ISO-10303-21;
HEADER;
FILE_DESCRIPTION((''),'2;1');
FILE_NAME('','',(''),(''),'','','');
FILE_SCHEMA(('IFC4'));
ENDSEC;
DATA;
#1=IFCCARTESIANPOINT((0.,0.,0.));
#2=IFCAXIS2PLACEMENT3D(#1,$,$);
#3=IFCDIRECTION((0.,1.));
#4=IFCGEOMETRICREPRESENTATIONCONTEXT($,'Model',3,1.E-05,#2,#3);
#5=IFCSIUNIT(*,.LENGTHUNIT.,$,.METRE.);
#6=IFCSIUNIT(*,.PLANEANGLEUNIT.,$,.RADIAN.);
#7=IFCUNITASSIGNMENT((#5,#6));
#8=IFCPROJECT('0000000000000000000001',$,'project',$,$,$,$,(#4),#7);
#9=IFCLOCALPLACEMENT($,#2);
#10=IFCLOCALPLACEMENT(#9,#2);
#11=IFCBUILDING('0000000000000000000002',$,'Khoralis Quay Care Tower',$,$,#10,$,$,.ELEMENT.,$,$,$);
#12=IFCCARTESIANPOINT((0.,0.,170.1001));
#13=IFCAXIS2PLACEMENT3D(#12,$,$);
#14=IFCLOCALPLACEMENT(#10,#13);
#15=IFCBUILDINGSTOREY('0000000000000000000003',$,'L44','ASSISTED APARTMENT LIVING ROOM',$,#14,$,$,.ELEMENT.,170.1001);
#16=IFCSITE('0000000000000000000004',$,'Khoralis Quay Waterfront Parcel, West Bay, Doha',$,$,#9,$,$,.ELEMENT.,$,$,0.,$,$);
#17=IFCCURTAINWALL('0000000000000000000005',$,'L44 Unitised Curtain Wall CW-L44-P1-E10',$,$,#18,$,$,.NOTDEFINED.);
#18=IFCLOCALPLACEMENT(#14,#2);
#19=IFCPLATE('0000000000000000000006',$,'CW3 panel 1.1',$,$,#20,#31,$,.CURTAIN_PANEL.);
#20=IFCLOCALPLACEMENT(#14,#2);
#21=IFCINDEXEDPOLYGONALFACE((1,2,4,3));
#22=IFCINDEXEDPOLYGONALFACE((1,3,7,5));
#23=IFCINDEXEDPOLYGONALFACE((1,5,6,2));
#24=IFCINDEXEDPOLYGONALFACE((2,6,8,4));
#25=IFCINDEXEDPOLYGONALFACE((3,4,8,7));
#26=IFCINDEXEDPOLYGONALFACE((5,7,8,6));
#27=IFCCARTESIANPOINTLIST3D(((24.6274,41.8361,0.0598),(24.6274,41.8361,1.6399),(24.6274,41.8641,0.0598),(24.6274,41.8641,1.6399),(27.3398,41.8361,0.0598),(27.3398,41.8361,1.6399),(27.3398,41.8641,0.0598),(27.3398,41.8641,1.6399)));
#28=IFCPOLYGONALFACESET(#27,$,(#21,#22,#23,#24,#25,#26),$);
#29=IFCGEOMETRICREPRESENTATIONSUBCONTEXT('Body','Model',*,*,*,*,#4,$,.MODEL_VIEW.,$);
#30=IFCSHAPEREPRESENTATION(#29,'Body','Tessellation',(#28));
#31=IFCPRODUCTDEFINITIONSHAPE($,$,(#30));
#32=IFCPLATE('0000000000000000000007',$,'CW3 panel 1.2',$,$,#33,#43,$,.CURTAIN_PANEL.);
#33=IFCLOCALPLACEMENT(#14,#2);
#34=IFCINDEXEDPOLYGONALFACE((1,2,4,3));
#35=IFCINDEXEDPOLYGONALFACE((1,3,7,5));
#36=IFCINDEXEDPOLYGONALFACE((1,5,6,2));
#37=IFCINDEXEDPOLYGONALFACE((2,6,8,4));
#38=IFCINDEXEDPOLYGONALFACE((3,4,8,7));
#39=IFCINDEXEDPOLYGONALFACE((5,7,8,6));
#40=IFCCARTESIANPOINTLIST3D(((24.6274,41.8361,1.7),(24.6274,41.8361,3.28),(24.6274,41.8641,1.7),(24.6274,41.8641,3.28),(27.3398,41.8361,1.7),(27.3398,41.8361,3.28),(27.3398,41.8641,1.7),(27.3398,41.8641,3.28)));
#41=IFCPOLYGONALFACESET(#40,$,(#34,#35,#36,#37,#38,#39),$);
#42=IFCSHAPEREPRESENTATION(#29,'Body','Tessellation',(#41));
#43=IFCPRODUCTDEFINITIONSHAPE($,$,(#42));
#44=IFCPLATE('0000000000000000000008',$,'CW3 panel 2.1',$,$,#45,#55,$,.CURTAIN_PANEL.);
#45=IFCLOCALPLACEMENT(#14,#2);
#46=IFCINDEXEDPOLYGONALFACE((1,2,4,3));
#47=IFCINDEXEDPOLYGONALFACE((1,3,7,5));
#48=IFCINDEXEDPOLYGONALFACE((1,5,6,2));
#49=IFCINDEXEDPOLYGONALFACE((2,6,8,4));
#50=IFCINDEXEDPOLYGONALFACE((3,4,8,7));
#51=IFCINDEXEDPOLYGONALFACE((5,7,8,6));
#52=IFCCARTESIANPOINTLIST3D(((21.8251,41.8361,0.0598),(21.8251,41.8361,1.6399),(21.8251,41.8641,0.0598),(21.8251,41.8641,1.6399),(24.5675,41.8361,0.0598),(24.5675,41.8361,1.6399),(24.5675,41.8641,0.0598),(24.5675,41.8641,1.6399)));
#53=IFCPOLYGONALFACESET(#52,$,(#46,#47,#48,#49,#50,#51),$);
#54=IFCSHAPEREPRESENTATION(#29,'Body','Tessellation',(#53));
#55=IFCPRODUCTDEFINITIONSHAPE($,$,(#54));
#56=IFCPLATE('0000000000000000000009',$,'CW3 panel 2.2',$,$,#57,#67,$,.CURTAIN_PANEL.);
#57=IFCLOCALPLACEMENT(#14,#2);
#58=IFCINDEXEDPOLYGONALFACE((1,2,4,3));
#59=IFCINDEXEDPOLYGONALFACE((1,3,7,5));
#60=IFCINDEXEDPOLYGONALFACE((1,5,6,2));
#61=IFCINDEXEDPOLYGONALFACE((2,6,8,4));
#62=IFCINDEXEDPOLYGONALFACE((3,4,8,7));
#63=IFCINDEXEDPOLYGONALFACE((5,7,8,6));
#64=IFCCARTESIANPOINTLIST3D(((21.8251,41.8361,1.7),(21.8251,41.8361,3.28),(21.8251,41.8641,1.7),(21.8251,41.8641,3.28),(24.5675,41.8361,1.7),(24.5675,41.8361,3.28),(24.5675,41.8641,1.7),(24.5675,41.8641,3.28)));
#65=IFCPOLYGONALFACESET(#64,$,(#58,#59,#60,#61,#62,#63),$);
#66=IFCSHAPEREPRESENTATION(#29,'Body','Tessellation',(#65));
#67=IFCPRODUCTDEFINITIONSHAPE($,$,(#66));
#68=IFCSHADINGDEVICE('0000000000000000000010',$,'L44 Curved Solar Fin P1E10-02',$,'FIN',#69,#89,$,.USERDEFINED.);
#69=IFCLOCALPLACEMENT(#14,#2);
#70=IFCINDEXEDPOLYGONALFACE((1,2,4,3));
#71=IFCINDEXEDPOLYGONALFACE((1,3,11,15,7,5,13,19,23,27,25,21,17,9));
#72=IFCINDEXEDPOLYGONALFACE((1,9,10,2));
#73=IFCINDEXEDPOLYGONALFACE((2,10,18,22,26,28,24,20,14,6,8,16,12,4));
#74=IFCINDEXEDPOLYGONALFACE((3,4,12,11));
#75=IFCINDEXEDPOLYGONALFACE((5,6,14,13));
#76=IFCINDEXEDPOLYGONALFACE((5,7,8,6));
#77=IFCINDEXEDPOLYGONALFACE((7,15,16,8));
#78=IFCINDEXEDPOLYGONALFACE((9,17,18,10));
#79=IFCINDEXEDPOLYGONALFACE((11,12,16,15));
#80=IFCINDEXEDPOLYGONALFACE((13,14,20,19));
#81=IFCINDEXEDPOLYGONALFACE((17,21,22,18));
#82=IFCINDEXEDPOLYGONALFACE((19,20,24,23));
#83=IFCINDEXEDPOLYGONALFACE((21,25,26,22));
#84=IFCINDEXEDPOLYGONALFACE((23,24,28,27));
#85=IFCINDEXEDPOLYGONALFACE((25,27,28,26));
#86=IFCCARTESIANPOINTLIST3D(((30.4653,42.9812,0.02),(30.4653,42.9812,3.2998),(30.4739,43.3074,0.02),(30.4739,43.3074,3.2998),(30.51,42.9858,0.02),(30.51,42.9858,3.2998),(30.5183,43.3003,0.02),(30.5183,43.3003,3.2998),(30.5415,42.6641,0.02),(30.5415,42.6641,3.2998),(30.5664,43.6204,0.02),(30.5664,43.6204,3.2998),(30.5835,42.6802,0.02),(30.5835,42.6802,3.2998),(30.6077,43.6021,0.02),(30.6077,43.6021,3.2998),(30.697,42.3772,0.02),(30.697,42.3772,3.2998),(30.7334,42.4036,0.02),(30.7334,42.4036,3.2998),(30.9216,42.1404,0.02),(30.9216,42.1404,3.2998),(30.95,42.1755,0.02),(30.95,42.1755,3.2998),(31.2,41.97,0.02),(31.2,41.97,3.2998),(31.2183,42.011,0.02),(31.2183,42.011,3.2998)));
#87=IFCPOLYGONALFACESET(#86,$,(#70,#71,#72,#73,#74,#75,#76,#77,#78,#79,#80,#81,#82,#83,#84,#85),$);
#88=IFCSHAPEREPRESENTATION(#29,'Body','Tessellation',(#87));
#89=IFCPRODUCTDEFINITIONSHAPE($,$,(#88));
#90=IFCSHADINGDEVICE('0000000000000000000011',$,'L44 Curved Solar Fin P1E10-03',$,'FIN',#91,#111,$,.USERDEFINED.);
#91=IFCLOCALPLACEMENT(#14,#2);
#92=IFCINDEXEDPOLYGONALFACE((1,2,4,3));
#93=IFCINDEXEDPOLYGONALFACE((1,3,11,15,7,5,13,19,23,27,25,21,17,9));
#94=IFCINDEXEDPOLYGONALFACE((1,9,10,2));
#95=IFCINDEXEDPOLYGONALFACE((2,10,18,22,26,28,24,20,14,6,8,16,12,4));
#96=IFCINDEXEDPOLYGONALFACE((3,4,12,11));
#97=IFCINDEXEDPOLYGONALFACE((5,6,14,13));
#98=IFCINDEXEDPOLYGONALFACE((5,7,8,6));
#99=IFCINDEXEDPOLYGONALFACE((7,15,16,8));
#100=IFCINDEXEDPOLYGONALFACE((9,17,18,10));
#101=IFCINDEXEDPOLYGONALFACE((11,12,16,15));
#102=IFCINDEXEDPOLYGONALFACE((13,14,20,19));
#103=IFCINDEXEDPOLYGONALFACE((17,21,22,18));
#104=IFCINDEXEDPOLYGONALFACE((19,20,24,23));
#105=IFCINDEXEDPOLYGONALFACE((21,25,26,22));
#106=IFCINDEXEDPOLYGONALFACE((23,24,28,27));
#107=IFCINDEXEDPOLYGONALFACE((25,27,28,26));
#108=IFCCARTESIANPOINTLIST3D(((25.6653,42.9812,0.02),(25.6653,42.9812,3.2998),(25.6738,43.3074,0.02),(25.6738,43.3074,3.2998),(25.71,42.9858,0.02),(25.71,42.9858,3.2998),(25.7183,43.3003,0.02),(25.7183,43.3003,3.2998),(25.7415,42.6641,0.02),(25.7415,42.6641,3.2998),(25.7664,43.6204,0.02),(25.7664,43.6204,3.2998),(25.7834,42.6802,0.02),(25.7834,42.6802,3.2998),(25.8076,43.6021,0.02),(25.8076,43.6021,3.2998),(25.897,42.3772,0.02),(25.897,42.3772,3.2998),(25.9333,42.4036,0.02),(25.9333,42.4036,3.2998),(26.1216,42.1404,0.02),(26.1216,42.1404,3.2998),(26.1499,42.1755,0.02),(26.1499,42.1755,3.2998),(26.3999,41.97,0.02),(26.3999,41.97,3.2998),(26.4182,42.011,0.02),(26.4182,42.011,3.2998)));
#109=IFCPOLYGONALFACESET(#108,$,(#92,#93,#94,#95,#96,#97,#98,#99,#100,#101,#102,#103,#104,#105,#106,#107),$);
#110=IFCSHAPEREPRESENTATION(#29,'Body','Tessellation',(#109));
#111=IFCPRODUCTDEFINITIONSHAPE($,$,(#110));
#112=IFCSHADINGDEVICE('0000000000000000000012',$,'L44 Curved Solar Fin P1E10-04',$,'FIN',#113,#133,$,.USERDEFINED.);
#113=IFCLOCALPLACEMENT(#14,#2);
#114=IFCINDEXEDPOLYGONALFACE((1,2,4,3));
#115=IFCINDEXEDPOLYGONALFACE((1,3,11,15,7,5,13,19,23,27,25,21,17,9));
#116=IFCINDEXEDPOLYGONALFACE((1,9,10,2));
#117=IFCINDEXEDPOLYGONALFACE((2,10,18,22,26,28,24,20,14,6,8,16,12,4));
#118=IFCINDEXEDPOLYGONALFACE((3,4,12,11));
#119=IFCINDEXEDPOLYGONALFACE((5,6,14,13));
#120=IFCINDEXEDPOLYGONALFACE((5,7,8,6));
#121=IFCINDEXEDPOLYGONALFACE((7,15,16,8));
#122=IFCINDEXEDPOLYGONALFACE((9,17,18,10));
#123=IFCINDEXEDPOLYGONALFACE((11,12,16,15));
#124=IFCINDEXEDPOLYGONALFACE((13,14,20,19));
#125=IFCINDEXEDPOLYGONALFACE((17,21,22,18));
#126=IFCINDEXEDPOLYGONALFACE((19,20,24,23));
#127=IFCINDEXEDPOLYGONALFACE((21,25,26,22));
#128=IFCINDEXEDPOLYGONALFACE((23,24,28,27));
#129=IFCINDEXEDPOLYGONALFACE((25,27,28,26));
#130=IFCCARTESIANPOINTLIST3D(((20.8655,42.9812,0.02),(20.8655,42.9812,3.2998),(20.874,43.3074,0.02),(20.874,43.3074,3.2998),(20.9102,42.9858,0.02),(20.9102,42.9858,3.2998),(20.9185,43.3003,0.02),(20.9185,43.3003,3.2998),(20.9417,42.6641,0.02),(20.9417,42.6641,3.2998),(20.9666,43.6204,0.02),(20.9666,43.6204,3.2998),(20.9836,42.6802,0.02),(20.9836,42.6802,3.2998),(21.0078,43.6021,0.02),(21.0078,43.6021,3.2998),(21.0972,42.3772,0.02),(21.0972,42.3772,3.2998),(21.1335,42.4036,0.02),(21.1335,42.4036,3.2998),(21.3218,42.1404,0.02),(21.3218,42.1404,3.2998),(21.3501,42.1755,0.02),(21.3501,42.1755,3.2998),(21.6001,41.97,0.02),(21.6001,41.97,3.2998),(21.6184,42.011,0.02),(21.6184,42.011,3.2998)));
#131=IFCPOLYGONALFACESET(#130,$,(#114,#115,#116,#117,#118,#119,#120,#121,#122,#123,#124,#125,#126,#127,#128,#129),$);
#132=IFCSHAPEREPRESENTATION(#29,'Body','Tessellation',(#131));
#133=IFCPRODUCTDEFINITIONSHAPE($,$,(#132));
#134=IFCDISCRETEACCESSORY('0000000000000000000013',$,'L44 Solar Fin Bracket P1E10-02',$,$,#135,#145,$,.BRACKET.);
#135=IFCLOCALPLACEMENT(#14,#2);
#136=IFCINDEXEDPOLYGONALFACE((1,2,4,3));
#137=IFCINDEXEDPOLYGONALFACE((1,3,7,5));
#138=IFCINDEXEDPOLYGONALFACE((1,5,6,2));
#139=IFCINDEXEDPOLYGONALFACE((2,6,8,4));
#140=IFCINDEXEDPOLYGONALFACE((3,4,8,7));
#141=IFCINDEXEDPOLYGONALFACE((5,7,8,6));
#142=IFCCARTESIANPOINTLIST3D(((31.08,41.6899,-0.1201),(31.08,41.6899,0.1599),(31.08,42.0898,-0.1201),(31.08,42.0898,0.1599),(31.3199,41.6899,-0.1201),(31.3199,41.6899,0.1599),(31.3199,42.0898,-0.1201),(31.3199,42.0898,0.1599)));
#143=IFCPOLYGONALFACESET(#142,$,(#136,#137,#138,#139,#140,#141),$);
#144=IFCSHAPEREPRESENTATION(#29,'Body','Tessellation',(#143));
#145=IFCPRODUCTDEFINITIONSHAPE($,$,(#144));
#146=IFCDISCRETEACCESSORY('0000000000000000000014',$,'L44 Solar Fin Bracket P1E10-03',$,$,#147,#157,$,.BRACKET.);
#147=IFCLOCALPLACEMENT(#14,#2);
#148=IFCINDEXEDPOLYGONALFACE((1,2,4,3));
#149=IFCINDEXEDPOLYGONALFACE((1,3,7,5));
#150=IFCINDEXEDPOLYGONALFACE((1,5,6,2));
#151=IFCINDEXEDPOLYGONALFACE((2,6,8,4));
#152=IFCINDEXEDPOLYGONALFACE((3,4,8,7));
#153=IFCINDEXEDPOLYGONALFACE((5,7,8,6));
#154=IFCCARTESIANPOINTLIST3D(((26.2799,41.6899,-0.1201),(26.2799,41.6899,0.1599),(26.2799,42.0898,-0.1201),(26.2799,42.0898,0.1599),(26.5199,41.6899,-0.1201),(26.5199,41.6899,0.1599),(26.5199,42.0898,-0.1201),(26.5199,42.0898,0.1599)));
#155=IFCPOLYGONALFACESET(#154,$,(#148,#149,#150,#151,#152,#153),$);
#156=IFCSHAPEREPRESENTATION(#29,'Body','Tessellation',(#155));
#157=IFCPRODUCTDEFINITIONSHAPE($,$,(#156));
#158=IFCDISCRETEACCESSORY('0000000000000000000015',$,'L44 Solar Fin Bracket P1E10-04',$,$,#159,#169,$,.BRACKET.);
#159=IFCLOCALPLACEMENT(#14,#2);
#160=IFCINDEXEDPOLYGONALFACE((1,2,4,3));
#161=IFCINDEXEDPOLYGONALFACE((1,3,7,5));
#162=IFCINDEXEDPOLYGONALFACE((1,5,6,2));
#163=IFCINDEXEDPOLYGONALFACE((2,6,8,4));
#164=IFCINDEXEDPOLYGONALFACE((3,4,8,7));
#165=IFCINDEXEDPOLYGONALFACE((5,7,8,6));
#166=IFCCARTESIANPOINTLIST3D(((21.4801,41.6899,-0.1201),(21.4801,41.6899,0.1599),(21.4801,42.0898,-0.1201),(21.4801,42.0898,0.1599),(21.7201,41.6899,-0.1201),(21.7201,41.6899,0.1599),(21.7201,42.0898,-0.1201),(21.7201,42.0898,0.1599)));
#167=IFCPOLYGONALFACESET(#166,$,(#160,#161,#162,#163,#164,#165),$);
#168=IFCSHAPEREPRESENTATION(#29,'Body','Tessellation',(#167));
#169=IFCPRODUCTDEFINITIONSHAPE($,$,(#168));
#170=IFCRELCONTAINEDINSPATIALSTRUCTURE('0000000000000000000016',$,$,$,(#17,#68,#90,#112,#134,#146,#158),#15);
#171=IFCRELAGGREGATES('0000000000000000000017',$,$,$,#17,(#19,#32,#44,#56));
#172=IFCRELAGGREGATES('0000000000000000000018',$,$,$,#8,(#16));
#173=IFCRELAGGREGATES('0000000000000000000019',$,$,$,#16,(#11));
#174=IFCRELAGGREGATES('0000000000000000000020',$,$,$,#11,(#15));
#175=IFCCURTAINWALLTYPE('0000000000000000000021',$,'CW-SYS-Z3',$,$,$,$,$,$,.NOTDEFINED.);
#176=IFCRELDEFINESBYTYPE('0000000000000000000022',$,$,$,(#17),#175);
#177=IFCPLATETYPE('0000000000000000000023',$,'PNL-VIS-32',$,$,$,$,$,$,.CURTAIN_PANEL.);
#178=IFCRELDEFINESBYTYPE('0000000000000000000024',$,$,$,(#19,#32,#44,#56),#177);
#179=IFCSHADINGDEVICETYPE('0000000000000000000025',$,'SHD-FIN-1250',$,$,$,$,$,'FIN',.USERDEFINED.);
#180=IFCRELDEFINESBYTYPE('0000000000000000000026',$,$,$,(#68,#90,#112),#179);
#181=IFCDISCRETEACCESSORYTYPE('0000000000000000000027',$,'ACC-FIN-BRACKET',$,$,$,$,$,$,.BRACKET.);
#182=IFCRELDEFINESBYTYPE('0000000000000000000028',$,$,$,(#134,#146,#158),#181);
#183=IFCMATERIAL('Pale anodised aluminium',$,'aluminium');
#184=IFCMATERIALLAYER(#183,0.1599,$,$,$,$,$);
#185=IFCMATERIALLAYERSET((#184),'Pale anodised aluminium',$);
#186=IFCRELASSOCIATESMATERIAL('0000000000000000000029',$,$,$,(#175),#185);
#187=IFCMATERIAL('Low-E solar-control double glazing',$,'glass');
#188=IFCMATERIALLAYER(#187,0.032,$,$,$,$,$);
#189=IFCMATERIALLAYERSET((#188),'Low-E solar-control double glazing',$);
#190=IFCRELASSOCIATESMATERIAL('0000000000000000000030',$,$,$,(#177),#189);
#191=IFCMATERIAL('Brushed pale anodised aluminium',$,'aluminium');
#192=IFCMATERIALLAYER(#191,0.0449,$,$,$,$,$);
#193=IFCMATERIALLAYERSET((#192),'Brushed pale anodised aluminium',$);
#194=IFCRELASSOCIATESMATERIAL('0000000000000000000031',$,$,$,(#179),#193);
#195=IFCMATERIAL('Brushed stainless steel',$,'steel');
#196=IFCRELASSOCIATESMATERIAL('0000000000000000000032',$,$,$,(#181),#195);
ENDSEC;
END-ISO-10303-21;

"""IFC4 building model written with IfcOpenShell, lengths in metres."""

from ifc_helpers import new_model, si_unit, direction, frame, origin, origin_2d, place, context, subcontext, project, spatial, polyline, rectangle, outline, extrude, source, transform, mapped, material, layer, layer_set, type_object, element, aggregate, save


model = new_model("IFC4")

# Units and contexts
model_context = context("Model", 3, precision=1e-05, world=origin(), true_north=direction((0.0, 1.0)))
body_context = subcontext(model_context, "Body", "Model", "MODEL_VIEW")
ifc_project = project(units=[si_unit("LENGTHUNIT", "METRE"), si_unit("PLANEANGLEUNIT", "RADIAN")], contexts=[model_context])

# Site, building, storey
site_placement = place(None, origin())
site = spatial("IfcSite", under=ifc_project, at=site_placement, Name="Khoralis Quay Waterfront Parcel, West Bay, Doha", CompositionType="ELEMENT", RefElevation=0.0)
building_placement = place(site_placement, origin())
building = spatial("IfcBuilding", under=site, at=building_placement, Name="Khoralis Quay Care Tower", CompositionType="ELEMENT")
storey_placement = place(building_placement, frame((0.0, 0.0, 170.1001)))
storey = spatial("IfcBuildingStorey", under=building, at=storey_placement, Name="L44", Description="ASSISTED APARTMENT LIVING ROOM", CompositionType="ELEMENT", Elevation=170.1001)

# Curtain wall, plates
ifc_material_1 = material(Name="Pale anodised aluminium", Category="aluminium")
ifc_layer_1 = layer(ifc_material_1, 0.1599)
ifc_layer_set_1 = layer_set([ifc_layer_1], Name="Pale anodised aluminium")
curtain_wall_type = type_object("IfcCurtainWallType", Name="CW-SYS-Z3", PredefinedType="NOTDEFINED", material=ifc_layer_set_1)
curtain_wall_placement = place(storey_placement, origin())
curtain_wall = element("IfcCurtainWall", 1, at=curtain_wall_placement, inside=storey, type_object=curtain_wall_type, Name="L44 Unitised Curtain Wall CW-L44-P1-E10", PredefinedType="NOTDEFINED")
ifc_material_2 = material(Name="Low-E solar-control double glazing", Category="glass")
ifc_layer_2 = layer(ifc_material_2, 0.032)
ifc_layer_set_2 = layer_set([ifc_layer_2], Name="Low-E solar-control double glazing")
plate_type = type_object("IfcPlateType", Name="PNL-VIS-32", PredefinedType="CURTAIN_PANEL", material=ifc_layer_set_2)
shared_shape_1 = source(origin(), body_context, "Body", "SweptSolid", [
    extrude(rectangle(XDim=2.7124, YDim=0.0281, at=origin_2d()), origin(), (0.0, 0.0, 1.0), 1.5801),
])
plate_1_placement = place(storey_placement, frame((25.9836, 41.8501, 0.0598), z_axis=(0.0, 0.0, 1.0), x_axis=(-1.0, 0.0, 0.0)))
plate_1 = element("IfcPlate", 2, at=plate_1_placement, type_object=plate_type, Name="CW3 panel 1.1", PredefinedType="CURTAIN_PANEL", context=body_context, shape_type="MappedRepresentation", body=[
    mapped(shared_shape_1, transform((0.0, 0.0, 0.0), scale=1.0)),
])
plate_2_placement = place(storey_placement, frame((25.9836, 41.8501, 1.7), z_axis=(0.0, 0.0, 1.0), x_axis=(-1.0, 0.0, 0.0)))
plate_2 = element("IfcPlate", 3, at=plate_2_placement, type_object=plate_type, Name="CW3 panel 1.2", PredefinedType="CURTAIN_PANEL", context=body_context, shape_type="MappedRepresentation", body=[
    mapped(shared_shape_1, transform((0.0, 0.0, 0.0), scale=1.0)),
])
shared_shape_2 = source(origin(), body_context, "Body", "SweptSolid", [
    extrude(rectangle(XDim=2.7424, YDim=0.0281, at=origin_2d()), origin(), (0.0, 0.0, 1.0), 1.5801),
])
plate_3_placement = place(storey_placement, frame((23.1963, 41.8501, 0.0598), z_axis=(0.0, 0.0, 1.0), x_axis=(-1.0, 0.0, 0.0)))
plate_3 = element("IfcPlate", 4, at=plate_3_placement, type_object=plate_type, Name="CW3 panel 2.1", PredefinedType="CURTAIN_PANEL", context=body_context, shape_type="MappedRepresentation", body=[
    mapped(shared_shape_2, transform((0.0, 0.0, 0.0), scale=1.0)),
])
plate_4_placement = place(storey_placement, frame((23.1963, 41.8501, 1.7), z_axis=(0.0, 0.0, 1.0), x_axis=(-1.0, 0.0, 0.0)))
plate_4 = element("IfcPlate", 5, at=plate_4_placement, type_object=plate_type, Name="CW3 panel 2.2", PredefinedType="CURTAIN_PANEL", context=body_context, shape_type="MappedRepresentation", body=[
    mapped(shared_shape_2, transform((0.0, 0.0, 0.0), scale=1.0)),
])
aggregate(curtain_wall, [plate_1, plate_2, plate_3, plate_4])

# Shading devices
ifc_material_3 = material(Name="Brushed pale anodised aluminium", Category="aluminium")
ifc_layer_3 = layer(ifc_material_3, 0.0449)
ifc_layer_set_3 = layer_set([ifc_layer_3], Name="Brushed pale anodised aluminium")
shading_device_type = type_object("IfcShadingDeviceType", Name="SHD-FIN-1250", ElementType="FIN", PredefinedType="USERDEFINED", material=ifc_layer_set_3)
shared_shape_3 = source(origin(), body_context, "Body", "SweptSolid", [
    extrude(outline(polyline([(0.0, 0.0), (0.1704, 0.2783), (0.4072, 0.5029), (0.6941, 0.6584), (1.0112, 0.7346), (1.3374, 0.7261), (1.6504, 0.6335), (1.6321, 0.5923), (1.3303, 0.6816), (1.0159, 0.6899), (0.7102, 0.6165), (0.4336, 0.4666), (0.2056, 0.25), (0.041, -0.0183), (0.0, 0.0)])), origin(), (0.0, 0.0, 1.0), 3.2798),
])
for number, where, z_axis, x_axis, name in (
    (6, (31.2, 41.97, 0.02), (0.0, 0.0, 1.0), (0.0, 1.0, 0.0), "L44 Curved Solar Fin P1E10-02"),
    (7, (26.3999, 41.97, 0.02), (0.0, 0.0, 1.0), (0.0, 1.0, 0.0), "L44 Curved Solar Fin P1E10-03"),
    (8, (21.6001, 41.97, 0.02), (0.0, 0.0, 1.0), (0.0, 1.0, 0.0), "L44 Curved Solar Fin P1E10-04"),
):
    element("IfcShadingDevice", number, at=place(storey_placement, frame(where, z_axis=z_axis, x_axis=x_axis)), inside=storey, type_object=shading_device_type, Name=name, ObjectType="FIN", PredefinedType="USERDEFINED", context=body_context, shape_type="MappedRepresentation", body=[
        mapped(shared_shape_3, transform((0.0, 0.0, 0.0), scale=1.0)),
    ])

# Discrete accessories
ifc_material_4 = material(Name="Brushed stainless steel", Category="steel")
discrete_accessory_type = type_object("IfcDiscreteAccessoryType", Name="ACC-FIN-BRACKET", PredefinedType="BRACKET", material=ifc_material_4)
shared_shape_4 = source(origin(), body_context, "Body", "SweptSolid", [
    extrude(rectangle(XDim=0.3999, YDim=0.24, at=origin_2d()), origin(), (0.0, 0.0, 1.0), 0.28),
])
for number, where, z_axis, x_axis, name in (
    (9, (31.2, 41.8899, -0.1201), (0.0, 0.0, 1.0), (0.0, 1.0, 0.0), "L44 Solar Fin Bracket P1E10-02"),
    (10, (26.3999, 41.8899, -0.1201), (0.0, 0.0, 1.0), (0.0, 1.0, 0.0), "L44 Solar Fin Bracket P1E10-03"),
    (11, (21.6001, 41.8899, -0.1201), (0.0, 0.0, 1.0), (0.0, 1.0, 0.0), "L44 Solar Fin Bracket P1E10-04"),
):
    element("IfcDiscreteAccessory", number, at=place(storey_placement, frame(where, z_axis=z_axis, x_axis=x_axis)), inside=storey, type_object=discrete_accessory_type, Name=name, PredefinedType="BRACKET", context=body_context, shape_type="MappedRepresentation", body=[
        mapped(shared_shape_4, transform((0.0, 0.0, 0.0), scale=1.0)),
    ])

save(model, "model.ifc")
